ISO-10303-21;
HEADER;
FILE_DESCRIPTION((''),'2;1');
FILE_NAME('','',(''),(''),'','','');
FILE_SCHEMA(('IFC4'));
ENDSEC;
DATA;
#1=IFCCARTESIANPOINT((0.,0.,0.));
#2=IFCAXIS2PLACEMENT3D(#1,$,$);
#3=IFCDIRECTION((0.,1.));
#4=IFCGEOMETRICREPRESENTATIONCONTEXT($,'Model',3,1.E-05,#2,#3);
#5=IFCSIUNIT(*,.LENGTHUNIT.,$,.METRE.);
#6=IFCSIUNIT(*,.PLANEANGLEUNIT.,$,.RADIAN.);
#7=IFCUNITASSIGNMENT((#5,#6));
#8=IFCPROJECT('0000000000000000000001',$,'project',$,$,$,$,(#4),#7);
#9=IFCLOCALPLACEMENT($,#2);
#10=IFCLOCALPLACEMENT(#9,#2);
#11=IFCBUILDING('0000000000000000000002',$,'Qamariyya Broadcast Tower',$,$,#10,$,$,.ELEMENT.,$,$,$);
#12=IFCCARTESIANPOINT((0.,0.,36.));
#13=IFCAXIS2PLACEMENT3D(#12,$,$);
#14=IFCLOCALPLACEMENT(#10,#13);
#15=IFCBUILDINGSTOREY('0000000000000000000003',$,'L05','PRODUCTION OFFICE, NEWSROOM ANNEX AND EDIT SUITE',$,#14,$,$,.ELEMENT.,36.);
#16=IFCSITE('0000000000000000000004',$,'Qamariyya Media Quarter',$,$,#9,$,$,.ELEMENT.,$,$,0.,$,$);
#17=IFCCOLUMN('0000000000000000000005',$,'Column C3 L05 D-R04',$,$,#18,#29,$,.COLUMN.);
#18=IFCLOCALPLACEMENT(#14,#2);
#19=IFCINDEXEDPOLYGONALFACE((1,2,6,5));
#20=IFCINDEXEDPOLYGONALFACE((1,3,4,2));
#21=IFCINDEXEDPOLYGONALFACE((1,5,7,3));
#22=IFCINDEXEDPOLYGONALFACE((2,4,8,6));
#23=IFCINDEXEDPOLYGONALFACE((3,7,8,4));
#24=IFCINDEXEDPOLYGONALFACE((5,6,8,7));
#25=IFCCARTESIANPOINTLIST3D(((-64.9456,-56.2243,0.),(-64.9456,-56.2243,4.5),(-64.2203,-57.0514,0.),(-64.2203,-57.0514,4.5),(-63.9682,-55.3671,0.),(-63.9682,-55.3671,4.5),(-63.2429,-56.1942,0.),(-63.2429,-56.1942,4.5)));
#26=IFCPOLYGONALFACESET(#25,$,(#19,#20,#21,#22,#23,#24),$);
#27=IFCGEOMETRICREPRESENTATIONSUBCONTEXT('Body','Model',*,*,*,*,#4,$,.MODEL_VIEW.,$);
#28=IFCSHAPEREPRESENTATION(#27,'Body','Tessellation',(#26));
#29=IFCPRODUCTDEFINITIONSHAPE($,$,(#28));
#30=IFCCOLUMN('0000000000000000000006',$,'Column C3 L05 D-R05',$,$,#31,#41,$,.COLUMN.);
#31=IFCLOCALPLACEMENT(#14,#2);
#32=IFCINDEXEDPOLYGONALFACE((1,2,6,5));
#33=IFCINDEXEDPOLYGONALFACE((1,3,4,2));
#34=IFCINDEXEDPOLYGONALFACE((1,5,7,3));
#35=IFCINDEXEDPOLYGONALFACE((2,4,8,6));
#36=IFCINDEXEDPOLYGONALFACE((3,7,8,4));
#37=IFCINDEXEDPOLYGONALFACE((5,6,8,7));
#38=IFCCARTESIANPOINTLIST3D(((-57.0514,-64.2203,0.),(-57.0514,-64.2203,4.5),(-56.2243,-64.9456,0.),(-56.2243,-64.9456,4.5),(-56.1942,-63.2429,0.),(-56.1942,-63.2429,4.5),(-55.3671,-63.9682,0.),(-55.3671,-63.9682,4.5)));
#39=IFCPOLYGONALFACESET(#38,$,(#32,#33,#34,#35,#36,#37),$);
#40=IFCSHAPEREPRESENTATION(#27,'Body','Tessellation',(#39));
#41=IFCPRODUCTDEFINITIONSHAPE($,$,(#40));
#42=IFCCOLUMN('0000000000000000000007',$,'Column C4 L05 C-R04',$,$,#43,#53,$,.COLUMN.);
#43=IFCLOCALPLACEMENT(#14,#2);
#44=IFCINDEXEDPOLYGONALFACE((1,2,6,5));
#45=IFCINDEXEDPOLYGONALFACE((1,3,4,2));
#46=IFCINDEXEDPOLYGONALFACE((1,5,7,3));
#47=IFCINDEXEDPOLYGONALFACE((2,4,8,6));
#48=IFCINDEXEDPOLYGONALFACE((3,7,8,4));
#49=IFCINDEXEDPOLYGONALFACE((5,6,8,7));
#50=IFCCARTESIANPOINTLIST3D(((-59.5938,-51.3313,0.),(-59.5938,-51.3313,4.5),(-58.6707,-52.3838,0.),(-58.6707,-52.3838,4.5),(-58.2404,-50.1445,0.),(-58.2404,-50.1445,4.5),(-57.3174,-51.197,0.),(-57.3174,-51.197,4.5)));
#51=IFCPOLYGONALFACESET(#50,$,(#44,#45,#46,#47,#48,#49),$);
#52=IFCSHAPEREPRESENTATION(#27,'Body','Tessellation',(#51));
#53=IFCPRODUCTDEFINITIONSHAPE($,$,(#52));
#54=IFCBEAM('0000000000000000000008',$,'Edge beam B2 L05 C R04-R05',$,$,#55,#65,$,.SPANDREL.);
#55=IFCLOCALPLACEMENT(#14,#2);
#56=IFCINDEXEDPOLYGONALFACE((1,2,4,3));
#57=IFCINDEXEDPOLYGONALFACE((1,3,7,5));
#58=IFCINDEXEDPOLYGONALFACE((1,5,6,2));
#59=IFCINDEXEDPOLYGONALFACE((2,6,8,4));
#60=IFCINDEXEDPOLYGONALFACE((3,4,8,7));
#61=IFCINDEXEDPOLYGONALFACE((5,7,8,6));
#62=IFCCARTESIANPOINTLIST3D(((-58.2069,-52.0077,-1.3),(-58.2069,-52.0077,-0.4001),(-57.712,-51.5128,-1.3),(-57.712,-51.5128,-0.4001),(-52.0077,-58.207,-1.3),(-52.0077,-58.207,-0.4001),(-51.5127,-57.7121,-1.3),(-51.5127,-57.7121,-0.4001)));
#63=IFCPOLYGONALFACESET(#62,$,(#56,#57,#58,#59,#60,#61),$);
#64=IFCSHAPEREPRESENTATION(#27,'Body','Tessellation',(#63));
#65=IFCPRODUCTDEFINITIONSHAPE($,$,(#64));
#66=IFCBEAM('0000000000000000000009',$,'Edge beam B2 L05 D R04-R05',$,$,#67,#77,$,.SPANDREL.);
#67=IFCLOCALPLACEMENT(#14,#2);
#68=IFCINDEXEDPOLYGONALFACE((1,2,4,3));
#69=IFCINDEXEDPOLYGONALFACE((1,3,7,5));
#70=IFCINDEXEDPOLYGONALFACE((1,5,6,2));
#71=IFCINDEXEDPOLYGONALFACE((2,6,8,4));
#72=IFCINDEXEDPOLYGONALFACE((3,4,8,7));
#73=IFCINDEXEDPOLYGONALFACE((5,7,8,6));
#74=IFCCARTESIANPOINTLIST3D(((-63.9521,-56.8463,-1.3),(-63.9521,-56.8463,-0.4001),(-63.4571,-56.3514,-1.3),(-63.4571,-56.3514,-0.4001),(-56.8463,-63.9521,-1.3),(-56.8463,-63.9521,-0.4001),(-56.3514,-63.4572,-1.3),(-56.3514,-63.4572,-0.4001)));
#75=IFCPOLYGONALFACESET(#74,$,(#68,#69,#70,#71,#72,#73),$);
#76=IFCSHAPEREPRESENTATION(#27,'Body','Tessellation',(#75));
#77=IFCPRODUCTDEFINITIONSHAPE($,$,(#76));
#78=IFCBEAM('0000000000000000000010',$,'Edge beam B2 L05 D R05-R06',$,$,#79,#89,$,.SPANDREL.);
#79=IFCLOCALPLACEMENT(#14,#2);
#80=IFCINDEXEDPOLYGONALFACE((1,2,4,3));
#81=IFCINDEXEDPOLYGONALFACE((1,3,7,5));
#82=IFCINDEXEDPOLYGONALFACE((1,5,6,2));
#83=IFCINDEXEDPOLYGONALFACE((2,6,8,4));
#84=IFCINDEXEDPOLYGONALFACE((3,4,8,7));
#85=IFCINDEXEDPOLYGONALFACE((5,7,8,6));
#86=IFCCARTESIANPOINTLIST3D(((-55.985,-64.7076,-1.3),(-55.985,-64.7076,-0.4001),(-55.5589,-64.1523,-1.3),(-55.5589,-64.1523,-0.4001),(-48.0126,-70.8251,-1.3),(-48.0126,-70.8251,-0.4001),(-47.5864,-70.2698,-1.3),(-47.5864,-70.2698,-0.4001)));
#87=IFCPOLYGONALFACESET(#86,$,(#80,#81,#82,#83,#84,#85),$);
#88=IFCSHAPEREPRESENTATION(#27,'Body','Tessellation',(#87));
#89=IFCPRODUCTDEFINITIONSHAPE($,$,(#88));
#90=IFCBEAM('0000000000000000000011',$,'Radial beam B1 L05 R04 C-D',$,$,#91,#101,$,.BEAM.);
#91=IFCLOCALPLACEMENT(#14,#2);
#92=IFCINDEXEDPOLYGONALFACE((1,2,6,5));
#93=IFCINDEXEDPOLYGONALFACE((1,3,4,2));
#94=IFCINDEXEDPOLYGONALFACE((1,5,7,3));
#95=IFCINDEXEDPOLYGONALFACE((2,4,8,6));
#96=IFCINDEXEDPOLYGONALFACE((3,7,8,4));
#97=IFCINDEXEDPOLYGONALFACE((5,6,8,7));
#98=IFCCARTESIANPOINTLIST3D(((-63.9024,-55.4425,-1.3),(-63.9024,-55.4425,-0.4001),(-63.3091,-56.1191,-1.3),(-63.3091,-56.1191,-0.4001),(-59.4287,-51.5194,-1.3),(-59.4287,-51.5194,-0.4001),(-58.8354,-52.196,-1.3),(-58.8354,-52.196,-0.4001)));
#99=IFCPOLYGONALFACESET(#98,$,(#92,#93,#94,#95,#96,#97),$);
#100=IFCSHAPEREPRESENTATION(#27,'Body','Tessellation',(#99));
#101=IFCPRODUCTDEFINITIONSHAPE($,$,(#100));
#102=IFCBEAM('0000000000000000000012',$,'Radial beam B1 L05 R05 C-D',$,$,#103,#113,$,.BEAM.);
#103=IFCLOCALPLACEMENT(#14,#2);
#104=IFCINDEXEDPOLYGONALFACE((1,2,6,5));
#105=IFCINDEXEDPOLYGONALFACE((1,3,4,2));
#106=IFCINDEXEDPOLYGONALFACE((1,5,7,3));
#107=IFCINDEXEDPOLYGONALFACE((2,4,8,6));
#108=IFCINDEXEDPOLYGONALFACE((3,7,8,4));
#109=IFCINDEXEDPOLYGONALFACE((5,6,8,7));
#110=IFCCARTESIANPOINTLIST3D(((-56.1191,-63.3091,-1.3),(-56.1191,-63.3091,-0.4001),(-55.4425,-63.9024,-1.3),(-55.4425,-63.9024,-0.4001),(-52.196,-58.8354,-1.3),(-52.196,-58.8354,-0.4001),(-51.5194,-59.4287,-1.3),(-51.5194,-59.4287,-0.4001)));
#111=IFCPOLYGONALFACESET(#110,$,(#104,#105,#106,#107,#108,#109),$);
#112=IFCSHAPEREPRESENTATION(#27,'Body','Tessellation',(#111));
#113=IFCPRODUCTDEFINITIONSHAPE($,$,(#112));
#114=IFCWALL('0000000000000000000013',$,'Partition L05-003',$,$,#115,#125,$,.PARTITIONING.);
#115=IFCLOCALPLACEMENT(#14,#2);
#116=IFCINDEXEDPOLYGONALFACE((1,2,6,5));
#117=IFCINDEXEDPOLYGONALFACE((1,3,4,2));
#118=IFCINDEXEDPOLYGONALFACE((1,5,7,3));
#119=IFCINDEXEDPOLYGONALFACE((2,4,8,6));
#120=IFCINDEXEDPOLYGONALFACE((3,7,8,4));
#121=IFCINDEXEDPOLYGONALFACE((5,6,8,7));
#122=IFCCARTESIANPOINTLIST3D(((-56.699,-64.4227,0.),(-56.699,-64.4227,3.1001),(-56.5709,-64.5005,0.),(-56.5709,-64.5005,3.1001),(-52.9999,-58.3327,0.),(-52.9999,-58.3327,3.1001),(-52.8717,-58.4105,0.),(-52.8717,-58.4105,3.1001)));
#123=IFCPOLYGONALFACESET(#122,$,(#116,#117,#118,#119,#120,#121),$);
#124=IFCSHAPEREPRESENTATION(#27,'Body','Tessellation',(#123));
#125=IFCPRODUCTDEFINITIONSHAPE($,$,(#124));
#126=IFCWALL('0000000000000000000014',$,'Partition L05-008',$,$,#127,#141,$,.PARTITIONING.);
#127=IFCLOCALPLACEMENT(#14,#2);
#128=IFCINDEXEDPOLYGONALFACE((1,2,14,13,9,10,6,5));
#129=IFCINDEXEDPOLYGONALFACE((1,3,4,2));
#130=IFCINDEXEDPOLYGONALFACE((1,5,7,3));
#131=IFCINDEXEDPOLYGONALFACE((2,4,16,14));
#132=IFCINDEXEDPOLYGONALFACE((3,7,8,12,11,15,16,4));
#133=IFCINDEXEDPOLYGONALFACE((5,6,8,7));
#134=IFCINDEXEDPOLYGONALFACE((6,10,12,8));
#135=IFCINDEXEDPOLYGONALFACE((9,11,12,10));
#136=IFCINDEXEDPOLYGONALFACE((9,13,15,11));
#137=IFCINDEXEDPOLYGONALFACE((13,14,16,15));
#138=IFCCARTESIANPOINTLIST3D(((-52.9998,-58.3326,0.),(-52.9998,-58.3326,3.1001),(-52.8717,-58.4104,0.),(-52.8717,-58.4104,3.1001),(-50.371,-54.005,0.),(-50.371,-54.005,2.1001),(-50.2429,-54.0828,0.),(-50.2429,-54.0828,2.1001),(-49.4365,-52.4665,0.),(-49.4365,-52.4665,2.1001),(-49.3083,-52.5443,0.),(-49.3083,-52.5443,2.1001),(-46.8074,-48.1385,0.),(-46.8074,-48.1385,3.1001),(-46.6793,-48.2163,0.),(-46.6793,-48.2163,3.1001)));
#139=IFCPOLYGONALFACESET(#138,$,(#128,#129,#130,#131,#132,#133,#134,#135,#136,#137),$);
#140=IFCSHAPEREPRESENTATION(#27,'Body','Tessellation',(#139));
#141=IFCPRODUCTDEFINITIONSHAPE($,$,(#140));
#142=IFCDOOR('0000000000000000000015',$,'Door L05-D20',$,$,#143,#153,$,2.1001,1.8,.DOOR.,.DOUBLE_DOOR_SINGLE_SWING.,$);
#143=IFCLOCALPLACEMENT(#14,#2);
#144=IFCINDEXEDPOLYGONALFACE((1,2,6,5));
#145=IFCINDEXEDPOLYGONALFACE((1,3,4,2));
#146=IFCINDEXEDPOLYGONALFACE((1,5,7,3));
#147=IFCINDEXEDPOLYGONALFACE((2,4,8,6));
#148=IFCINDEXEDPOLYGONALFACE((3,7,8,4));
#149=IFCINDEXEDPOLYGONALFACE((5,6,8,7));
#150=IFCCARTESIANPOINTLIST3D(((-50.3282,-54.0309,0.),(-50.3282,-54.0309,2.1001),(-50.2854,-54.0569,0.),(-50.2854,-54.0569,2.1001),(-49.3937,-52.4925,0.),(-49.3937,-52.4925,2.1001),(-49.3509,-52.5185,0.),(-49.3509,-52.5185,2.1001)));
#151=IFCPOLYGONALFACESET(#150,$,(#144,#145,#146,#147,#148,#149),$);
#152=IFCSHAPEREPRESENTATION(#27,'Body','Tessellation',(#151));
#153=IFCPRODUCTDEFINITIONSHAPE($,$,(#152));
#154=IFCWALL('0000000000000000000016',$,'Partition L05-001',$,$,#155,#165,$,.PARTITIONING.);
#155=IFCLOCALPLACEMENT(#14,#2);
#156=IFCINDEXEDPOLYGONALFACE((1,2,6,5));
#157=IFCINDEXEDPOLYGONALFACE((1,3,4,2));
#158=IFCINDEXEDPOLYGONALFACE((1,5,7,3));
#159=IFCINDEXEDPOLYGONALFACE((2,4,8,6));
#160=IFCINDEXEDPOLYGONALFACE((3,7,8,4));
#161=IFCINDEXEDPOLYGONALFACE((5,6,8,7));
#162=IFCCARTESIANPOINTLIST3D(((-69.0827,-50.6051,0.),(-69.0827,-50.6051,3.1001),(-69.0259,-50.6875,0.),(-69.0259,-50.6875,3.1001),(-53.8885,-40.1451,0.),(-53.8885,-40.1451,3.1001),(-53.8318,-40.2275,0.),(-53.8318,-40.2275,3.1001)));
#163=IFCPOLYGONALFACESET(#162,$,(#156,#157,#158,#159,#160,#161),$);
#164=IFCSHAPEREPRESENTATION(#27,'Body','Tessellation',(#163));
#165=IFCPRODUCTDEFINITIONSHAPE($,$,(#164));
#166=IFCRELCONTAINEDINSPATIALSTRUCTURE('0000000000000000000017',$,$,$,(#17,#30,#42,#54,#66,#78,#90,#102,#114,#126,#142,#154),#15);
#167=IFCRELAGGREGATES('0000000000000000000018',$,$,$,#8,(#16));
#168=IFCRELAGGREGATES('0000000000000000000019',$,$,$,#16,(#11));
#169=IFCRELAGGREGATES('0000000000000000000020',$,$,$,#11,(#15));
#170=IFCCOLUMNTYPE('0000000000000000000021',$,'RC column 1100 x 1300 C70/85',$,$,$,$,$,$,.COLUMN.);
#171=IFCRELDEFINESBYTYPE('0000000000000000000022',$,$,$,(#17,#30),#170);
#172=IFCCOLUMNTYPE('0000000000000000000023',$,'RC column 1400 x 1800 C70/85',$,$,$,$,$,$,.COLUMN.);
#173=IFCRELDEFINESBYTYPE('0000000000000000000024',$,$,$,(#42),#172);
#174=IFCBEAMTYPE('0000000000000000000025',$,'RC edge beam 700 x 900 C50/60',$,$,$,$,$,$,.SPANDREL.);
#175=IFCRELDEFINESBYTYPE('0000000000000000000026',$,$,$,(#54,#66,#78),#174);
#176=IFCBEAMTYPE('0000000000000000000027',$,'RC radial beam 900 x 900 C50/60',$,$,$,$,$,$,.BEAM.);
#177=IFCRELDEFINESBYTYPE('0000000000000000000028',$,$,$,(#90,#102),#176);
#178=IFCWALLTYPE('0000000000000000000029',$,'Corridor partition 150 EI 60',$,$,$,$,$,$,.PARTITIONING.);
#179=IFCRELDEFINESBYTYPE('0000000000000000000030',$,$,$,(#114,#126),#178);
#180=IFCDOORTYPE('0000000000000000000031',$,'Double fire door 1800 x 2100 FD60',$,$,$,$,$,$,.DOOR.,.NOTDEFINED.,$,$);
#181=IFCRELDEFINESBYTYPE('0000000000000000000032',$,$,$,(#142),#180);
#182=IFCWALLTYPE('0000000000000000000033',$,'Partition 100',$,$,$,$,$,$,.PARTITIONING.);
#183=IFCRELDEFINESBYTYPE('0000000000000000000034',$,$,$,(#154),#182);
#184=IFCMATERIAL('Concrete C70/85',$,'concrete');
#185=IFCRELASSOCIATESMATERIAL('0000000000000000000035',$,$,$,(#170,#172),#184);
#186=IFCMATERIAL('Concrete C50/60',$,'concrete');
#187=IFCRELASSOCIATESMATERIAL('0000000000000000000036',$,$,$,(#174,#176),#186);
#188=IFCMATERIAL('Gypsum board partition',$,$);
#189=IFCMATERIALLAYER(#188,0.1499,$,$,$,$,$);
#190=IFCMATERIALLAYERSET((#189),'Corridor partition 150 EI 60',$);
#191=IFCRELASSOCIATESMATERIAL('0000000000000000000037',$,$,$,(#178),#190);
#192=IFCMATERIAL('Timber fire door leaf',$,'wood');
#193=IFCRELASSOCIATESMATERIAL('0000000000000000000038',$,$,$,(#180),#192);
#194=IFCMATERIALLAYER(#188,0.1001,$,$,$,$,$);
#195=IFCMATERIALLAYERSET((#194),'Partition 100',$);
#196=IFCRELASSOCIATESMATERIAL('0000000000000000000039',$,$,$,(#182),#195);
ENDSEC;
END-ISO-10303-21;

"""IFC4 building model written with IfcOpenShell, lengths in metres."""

from ifc_helpers import new_model, si_unit, direction, frame, frame_2d, origin, origin_2d, place, context, subcontext, project, spatial, rectangle, extrude, material, layer, layer_set, material_profile, profile_set, type_object, element, fill, save


model = new_model("IFC4")

# Units and contexts
model_context = context("Model", 3, precision=1e-05, world=origin(), true_north=direction((0.0, 1.0)))
body_context = subcontext(model_context, "Body", "Model", "MODEL_VIEW")
ifc_project = project(units=[si_unit("LENGTHUNIT", "METRE"), si_unit("PLANEANGLEUNIT", "RADIAN")], contexts=[model_context])

# Site, building, storey
site_placement = place(None, origin())
site = spatial("IfcSite", under=ifc_project, at=site_placement, Name="Qamariyya Media Quarter", CompositionType="ELEMENT", RefElevation=0.0)
building_placement = place(site_placement, origin())
building = spatial("IfcBuilding", under=site, at=building_placement, Name="Qamariyya Broadcast Tower", CompositionType="ELEMENT")
storey_placement = place(building_placement, frame((0.0, 0.0, 36.0)))
storey = spatial("IfcBuildingStorey", under=building, at=storey_placement, Name="L05", Description="PRODUCTION OFFICE, NEWSROOM ANNEX AND EDIT SUITE", CompositionType="ELEMENT", Elevation=36.0)

# Columns
ifc_material_1 = material(Name="Concrete C70/85", Category="concrete")
ifc_material_profile_1 = material_profile(ifc_material_1, rectangle(XDim=1.1001, YDim=1.3, at=origin_2d()))
ifc_profile_set_1 = profile_set([ifc_material_profile_1], Name="Concrete C70/85")
column_type_1 = type_object("IfcColumnType", Name="RC column 1100 x 1300 C70/85", PredefinedType="COLUMN", material=ifc_profile_set_1)
for number, where, z_axis, x_axis, name in (
    (1, (-64.0942, -56.2092, 0.0), (0.0, 0.0, 1.0), (0.659346, -0.75184, 0.0), "Column C3 L05 D-R04"),
    (2, (-56.2092, -64.0942, 0.0), (0.0, 0.0, 1.0), (0.75184, -0.659346, 0.0), "Column C3 L05 D-R05"),
):
    element("IfcColumn", number, at=place(storey_placement, frame(where, z_axis=z_axis, x_axis=x_axis)), inside=storey, type_object=column_type_1, Name=name, PredefinedType="COLUMN", context=body_context, shape_type="SweptSolid", body=[
        extrude(rectangle(XDim=1.1001, YDim=1.3, at=origin_2d()), origin(), (0.0, 0.0, 1.0), 4.5),
    ])
ifc_material_profile_2 = material_profile(ifc_material_1, rectangle(XDim=1.3999, YDim=1.8, at=origin_2d()))
ifc_profile_set_2 = profile_set([ifc_material_profile_2], Name="Concrete C70/85")
column_type_2 = type_object("IfcColumnType", Name="RC column 1400 x 1800 C70/85", PredefinedType="COLUMN", material=ifc_profile_set_2)
column_placement = place(storey_placement, frame((-58.4556, -51.2642, 0.0), z_axis=(0.0, 0.0, 1.0), x_axis=(0.659346, -0.75184, 0.0)))
element("IfcColumn", 3, at=column_placement, inside=storey, type_object=column_type_2, Name="Column C4 L05 C-R04", PredefinedType="COLUMN", context=body_context, shape_type="SweptSolid", body=[
    extrude(rectangle(XDim=1.3999, YDim=1.8, at=origin_2d()), origin(), (0.0, 0.0, 1.0), 4.5),
])

# Beams
ifc_material_2 = material(Name="Concrete C50/60", Category="concrete")
ifc_material_profile_3 = material_profile(ifc_material_2, rectangle(XDim=0.7, YDim=0.8999, at=origin_2d()))
ifc_profile_set_3 = profile_set([ifc_material_profile_3], Name="Concrete C50/60")
beam_type_1 = type_object("IfcBeamType", Name="RC edge beam 700 x 900 C50/60", PredefinedType="SPANDREL", material=ifc_profile_set_3)
beam_placement = place(storey_placement, frame((-57.9595, -51.7603, -0.8501), z_axis=(0.707107, -0.707107, 0.0), x_axis=(0.707107, 0.707107, 0.0)))
element("IfcBeam", 4, at=beam_placement, inside=storey, type_object=beam_type_1, Name="Edge beam B2 L05 C R04-R05", PredefinedType="SPANDREL", context=body_context, shape_type="SweptSolid", body=[
    extrude(rectangle(XDim=0.7, YDim=0.8999, at=origin_2d()), origin(), (0.0, 0.0, 1.0), 8.7671),
])
for number, where, z_axis, x_axis, name in (
    (5, (-63.7046, -56.5989, -0.8501), (0.707107, -0.707107, 0.0), (0.707107, 0.707107, 0.0), "Edge beam B2 L05 D R04-R05"),
    (6, (-55.772, -64.4299, -0.8501), (0.793354, -0.60876, 0.0), (0.60876, 0.793354, 0.0), "Edge beam B2 L05 D R05-R06"),
):
    element("IfcBeam", number, at=place(storey_placement, frame(where, z_axis=z_axis, x_axis=x_axis)), inside=storey, type_object=beam_type_1, Name=name, PredefinedType="SPANDREL", context=body_context, shape_type="SweptSolid", body=[
        extrude(rectangle(XDim=0.7, YDim=0.8999, at=origin_2d()), origin(), (0.0, 0.0, 1.0), 10.0491),
    ])
ifc_material_profile_4 = material_profile(ifc_material_2, rectangle(XDim=0.8999, YDim=0.8999, at=origin_2d()))
ifc_profile_set_4 = profile_set([ifc_material_profile_4], Name="Concrete C50/60")
beam_type_2 = type_object("IfcBeamType", Name="RC radial beam 900 x 900 C50/60", PredefinedType="BEAM", material=ifc_profile_set_4)
for number, where, z_axis, x_axis, name in (
    (7, (-59.1321, -51.8577, -0.8501), (-0.751854, -0.659329, 0.0), (0.659329, -0.751854, 0.0), "Radial beam B1 L05 R04 C-D"),
    (8, (-51.8577, -59.1321, -0.8501), (-0.659329, -0.751854, 0.0), (0.751854, -0.659329, 0.0), "Radial beam B1 L05 R05 C-D"),
):
    element("IfcBeam", number, at=place(storey_placement, frame(where, z_axis=z_axis, x_axis=x_axis)), inside=storey, type_object=beam_type_2, Name=name, PredefinedType="BEAM", context=body_context, shape_type="SweptSolid", body=[
        extrude(rectangle(XDim=0.8999, YDim=0.8999, at=origin_2d()), origin(), (0.0, 0.0, 1.0), 5.9502),
    ])

# Wall
ifc_material_3 = material(Name="Gypsum board partition")
ifc_layer_1 = layer(ifc_material_3, 0.1499)
ifc_layer_set_1 = layer_set([ifc_layer_1], Name="Corridor partition 150 EI 60")
wall_type_1 = type_object("IfcWallType", Name="Corridor partition 150 EI 60", PredefinedType="PARTITIONING", material=ifc_layer_set_1)
wall_1_placement = place(storey_placement, frame((-52.9358, -58.3716, 0.0), z_axis=(0.0, 0.0, 1.0), x_axis=(-0.519149, -0.854684, 0.0)))
element("IfcWall", 9, at=wall_1_placement, inside=storey, type_object=wall_type_1, Name="Partition L05-003", PredefinedType="PARTITIONING", context=body_context, shape_type="SweptSolid", body=[
    extrude(rectangle(XDim=7.1255, YDim=0.1499, at=frame_2d((3.5627, 0.0))), origin(), (0.0, 0.0, 1.0), 3.1001),
])

# Wall, opening, door
wall_2_placement = place(storey_placement, frame((-52.9358, -58.3716, 0.0), z_axis=(0.0, 0.0, 1.0), x_axis=(0.519169, 0.854672, 0.0)))
wall_2 = element("IfcWall", 10, at=wall_2_placement, inside=storey, type_object=wall_type_1, Name="Partition L05-008", PredefinedType="PARTITIONING", context=body_context, shape_type="SweptSolid", body=[
    extrude(rectangle(XDim=11.9275, YDim=0.1499, at=frame_2d((5.9639, 0.0))), origin(), (0.0, 0.0, 1.0), 3.1001),
])
opening_1_placement = place(wall_2_placement, frame((5.0637, 0.0, 0.0)))
opening_1 = element("IfcOpeningElement", 11, at=opening_1_placement, cuts=wall_2, PredefinedType="OPENING", context=body_context, shape_type="SweptSolid", body=[
    extrude(rectangle(XDim=1.8, YDim=2.1001, at=frame_2d((0.8999, 1.05))), frame((0.0, 0.085, 0.0), z_axis=(0.0, -1.0, 0.0), x_axis=(1.0, 0.0, 0.0)), (0.0, 0.0, 1.0), 0.1699),
])
ifc_material_4 = material(Name="Timber fire door leaf", Category="wood")
door_type = type_object("IfcDoorType", Name="Double fire door 1800 x 2100 FD60", OperationType="NOTDEFINED", PredefinedType="DOOR", material=ifc_material_4)
door_placement = place(opening_1_placement, origin())
door = element("IfcDoor", 12, at=door_placement, inside=storey, type_object=door_type, Name="Door L05-D20", OperationType="DOUBLE_DOOR_SINGLE_SWING", OverallHeight=2.1001, OverallWidth=1.8, PredefinedType="DOOR", context=body_context, shape_type="SweptSolid", body=[
    extrude(rectangle(XDim=1.8, YDim=2.1001, at=frame_2d((0.8999, 1.05))), frame((0.0, 0.0249, 0.0), z_axis=(0.0, -1.0, 0.0), x_axis=(1.0, 0.0, 0.0)), (0.0, 0.0, 1.0), 0.05),
])
fill(opening_1, door)

# Wall
ifc_layer_2 = layer(ifc_material_3, 0.1001)
ifc_layer_set_2 = layer_set([ifc_layer_2], Name="Partition 100")
wall_type_2 = type_object("IfcWallType", Name="Partition 100", PredefinedType="PARTITIONING", material=ifc_layer_set_2)
wall_3_placement = place(storey_placement, frame((-69.0542, -50.6462, 0.0), z_axis=(0.0, 0.0, 1.0), x_axis=(0.823687, 0.567045, 0.0)))
element("IfcWall", 13, at=wall_3_placement, inside=storey, type_object=wall_type_2, Name="Partition L05-001", PredefinedType="PARTITIONING", context=body_context, shape_type="SweptSolid", body=[
    extrude(rectangle(XDim=18.4465, YDim=0.1001, at=frame_2d((9.2231, 0.0))), origin(), (0.0, 0.0, 1.0), 3.1001),
])

save(model, "model.ifc")
